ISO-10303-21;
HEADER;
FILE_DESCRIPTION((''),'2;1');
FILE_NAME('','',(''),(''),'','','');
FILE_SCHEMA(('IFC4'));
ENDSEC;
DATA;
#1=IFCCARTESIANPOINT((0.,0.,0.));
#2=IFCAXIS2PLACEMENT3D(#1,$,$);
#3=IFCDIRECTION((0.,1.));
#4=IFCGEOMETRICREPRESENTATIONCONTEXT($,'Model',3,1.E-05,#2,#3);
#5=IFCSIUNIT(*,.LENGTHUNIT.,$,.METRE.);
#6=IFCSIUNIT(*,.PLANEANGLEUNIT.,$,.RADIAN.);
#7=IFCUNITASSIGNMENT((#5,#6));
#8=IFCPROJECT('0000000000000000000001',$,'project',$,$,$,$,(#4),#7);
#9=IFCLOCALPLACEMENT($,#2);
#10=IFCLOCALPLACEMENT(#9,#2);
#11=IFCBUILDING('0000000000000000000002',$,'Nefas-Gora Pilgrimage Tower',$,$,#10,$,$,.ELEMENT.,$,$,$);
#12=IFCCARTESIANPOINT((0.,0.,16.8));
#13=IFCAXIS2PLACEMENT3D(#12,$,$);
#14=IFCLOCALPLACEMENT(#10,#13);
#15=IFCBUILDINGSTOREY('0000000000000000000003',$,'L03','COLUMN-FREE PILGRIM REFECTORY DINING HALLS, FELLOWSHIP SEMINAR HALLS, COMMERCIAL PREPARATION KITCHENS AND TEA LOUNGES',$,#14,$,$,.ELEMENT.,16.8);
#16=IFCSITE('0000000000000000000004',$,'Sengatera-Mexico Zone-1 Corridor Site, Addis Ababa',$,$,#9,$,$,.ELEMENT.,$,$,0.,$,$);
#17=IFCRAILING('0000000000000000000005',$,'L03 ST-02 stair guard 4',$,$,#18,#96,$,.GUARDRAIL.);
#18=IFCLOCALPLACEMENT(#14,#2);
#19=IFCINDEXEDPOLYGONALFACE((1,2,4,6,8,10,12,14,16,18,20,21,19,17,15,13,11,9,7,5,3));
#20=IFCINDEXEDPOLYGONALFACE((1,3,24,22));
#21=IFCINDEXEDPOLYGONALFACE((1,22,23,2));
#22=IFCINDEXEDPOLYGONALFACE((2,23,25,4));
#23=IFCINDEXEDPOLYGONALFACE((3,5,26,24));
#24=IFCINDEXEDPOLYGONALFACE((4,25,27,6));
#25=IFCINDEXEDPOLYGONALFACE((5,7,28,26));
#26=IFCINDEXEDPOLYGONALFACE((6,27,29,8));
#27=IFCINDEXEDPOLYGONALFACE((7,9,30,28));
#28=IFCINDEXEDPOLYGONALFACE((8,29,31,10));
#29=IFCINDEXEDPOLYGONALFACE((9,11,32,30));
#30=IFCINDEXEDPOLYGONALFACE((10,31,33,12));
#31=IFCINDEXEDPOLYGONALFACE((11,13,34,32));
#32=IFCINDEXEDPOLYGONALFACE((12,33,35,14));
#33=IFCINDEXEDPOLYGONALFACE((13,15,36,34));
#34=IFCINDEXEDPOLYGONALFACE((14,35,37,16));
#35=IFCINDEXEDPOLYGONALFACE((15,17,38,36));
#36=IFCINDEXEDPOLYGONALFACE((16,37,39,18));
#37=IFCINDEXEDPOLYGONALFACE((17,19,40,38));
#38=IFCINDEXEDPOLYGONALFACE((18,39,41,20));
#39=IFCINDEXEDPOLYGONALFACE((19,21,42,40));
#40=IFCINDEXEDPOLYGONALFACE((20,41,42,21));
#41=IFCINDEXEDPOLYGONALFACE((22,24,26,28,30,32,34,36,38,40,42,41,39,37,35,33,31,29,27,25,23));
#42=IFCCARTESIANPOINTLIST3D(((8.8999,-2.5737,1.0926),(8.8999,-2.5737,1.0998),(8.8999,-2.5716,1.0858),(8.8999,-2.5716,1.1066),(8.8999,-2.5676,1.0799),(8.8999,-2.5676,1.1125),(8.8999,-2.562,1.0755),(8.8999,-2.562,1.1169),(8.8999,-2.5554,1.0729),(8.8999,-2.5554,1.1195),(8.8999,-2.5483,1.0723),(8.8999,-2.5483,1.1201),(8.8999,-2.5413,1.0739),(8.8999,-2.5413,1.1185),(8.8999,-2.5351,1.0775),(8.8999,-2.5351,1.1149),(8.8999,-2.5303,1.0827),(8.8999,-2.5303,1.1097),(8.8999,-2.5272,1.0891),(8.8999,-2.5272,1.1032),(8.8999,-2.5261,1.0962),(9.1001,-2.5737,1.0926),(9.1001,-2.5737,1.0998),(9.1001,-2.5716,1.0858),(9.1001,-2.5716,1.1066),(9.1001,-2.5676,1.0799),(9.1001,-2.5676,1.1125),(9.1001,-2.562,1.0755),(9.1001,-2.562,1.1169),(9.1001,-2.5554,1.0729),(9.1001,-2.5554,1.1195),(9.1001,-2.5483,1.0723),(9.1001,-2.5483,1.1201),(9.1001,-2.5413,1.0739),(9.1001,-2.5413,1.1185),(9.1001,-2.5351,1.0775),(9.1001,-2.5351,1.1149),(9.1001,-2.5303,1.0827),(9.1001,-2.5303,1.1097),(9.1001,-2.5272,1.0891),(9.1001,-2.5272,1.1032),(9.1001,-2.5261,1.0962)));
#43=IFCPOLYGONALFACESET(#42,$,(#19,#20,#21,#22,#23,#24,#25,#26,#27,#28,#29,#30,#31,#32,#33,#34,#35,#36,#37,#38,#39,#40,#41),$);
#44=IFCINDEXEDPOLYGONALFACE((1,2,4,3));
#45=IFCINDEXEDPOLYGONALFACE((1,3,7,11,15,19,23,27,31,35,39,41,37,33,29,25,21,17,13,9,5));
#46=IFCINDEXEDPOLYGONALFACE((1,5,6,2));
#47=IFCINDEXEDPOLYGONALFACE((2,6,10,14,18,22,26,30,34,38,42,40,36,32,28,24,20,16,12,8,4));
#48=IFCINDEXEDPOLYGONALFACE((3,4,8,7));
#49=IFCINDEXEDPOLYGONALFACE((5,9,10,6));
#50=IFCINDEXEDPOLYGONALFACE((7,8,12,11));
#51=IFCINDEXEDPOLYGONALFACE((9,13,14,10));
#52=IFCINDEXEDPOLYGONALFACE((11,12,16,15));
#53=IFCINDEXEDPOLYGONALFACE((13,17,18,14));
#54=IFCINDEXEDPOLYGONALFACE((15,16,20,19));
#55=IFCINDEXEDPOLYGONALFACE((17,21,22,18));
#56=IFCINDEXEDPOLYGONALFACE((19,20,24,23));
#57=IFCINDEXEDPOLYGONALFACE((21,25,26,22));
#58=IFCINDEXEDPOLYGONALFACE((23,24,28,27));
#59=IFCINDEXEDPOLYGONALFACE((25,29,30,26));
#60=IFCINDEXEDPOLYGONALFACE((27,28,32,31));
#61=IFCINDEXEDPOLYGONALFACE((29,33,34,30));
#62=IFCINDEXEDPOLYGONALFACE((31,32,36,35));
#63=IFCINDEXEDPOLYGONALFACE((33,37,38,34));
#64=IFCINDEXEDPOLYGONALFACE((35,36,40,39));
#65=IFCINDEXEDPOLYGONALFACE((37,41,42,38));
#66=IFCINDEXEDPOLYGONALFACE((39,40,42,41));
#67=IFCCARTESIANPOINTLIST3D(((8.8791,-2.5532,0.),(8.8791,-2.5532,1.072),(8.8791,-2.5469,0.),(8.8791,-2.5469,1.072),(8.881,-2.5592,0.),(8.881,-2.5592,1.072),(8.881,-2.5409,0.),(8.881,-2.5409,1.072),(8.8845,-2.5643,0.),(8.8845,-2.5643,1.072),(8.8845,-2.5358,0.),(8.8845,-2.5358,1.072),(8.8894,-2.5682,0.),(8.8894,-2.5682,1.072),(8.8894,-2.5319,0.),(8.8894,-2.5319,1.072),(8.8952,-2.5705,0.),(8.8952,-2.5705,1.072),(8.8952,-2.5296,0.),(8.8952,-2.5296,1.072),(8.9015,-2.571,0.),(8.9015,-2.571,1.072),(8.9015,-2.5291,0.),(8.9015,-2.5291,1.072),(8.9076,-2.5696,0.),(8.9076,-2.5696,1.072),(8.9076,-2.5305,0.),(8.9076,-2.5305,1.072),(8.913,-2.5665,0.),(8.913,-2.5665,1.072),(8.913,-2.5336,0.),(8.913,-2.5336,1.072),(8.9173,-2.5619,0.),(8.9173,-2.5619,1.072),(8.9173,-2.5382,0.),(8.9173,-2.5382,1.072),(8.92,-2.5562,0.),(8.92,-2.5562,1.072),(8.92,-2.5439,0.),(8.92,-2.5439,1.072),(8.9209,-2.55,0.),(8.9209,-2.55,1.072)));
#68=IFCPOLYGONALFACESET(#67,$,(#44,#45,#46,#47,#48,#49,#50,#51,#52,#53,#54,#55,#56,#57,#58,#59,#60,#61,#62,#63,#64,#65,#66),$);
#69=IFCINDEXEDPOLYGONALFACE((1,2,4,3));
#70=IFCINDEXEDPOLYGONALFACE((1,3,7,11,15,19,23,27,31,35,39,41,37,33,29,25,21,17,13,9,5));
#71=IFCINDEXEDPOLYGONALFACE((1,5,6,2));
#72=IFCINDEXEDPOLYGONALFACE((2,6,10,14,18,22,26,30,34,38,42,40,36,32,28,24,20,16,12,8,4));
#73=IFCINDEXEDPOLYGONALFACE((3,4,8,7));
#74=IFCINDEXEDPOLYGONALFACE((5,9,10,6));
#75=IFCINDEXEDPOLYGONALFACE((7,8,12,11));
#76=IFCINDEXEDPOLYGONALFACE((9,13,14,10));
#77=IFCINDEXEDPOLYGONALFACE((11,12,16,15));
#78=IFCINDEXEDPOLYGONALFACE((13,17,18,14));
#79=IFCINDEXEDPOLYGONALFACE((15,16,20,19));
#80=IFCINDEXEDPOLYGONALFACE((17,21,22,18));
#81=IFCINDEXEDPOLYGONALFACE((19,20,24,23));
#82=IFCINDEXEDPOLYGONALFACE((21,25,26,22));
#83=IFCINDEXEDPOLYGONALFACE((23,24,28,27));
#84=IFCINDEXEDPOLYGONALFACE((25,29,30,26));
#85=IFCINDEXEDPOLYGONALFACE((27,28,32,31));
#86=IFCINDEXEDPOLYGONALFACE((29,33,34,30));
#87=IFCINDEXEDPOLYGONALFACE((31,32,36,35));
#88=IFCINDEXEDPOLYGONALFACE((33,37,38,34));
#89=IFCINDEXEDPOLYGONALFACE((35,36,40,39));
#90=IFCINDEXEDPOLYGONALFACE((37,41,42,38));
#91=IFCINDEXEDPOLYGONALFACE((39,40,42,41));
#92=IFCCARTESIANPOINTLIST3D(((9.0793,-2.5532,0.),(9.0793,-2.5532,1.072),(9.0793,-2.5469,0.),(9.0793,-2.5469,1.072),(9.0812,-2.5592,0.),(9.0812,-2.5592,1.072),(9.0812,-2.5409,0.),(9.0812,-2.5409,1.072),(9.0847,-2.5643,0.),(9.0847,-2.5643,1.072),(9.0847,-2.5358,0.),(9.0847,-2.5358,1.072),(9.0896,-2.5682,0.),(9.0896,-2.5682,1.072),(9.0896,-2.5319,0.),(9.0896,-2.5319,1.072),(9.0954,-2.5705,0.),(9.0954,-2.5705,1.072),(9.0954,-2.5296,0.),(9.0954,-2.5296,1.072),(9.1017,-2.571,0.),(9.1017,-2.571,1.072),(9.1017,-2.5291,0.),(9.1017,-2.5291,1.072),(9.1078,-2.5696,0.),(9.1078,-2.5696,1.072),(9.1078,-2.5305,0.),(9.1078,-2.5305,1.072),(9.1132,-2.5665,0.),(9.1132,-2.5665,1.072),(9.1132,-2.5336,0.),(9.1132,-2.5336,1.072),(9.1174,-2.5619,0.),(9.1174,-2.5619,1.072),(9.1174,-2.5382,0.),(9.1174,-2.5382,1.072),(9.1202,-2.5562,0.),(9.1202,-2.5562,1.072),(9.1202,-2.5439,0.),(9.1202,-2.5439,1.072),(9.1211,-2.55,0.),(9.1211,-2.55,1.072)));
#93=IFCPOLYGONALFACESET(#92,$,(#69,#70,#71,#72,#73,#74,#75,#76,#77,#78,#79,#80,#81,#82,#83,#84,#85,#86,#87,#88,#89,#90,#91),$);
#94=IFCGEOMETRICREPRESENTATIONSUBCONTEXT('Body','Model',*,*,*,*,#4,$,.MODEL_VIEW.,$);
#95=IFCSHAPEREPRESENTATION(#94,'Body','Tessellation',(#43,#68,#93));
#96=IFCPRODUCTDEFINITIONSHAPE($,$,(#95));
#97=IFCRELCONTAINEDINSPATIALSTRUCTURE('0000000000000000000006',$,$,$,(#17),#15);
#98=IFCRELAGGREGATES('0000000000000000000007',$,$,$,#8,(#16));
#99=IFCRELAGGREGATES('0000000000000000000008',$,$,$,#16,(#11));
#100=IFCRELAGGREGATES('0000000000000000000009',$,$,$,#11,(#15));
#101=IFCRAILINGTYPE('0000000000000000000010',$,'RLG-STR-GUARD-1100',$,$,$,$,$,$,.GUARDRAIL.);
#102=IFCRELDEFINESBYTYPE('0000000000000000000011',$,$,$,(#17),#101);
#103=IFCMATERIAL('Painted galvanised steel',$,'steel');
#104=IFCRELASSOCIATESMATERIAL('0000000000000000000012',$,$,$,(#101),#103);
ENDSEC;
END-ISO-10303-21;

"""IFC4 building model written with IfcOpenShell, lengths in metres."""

from ifc_helpers import new_model, si_unit, direction, frame, origin, origin_2d, place, context, subcontext, project, spatial, circle, extrude, material, type_object, element, save


model = new_model("IFC4")

# Units and contexts
model_context = context("Model", 3, precision=1e-05, world=origin(), true_north=direction((0.0, 1.0)))
body_context = subcontext(model_context, "Body", "Model", "MODEL_VIEW")
ifc_project = project(units=[si_unit("LENGTHUNIT", "METRE"), si_unit("PLANEANGLEUNIT", "RADIAN")], contexts=[model_context])

# Site, building, storey
site_placement = place(None, origin())
site = spatial("IfcSite", under=ifc_project, at=site_placement, Name="Sengatera-Mexico Zone-1 Corridor Site, Addis Ababa", CompositionType="ELEMENT", RefElevation=0.0)
building_placement = place(site_placement, origin())
building = spatial("IfcBuilding", under=site, at=building_placement, Name="Nefas-Gora Pilgrimage Tower", CompositionType="ELEMENT")
storey_placement = place(building_placement, frame((0.0, 0.0, 16.8)))
storey = spatial("IfcBuildingStorey", under=building, at=storey_placement, Name="L03", Description="COLUMN-FREE PILGRIM REFECTORY DINING HALLS, FELLOWSHIP SEMINAR HALLS, COMMERCIAL PREPARATION KITCHENS AND TEA LOUNGES", CompositionType="ELEMENT", Elevation=16.8)

# Railing
ifc_material_1 = material(Name="Painted galvanised steel", Category="steel")
railing_type_1 = type_object("IfcRailingType", Name="RLG-STR-GUARD-1100", PredefinedType="GUARDRAIL", material=ifc_material_1)
railing_1_placement = place(storey_placement, frame((8.8999, -2.55, 0.0)))
element("IfcRailing", 1, at=railing_1_placement, inside=storey, type_object=railing_type_1, Name="L03 ST-02 stair guard 4", PredefinedType="GUARDRAIL", context=body_context, shape_type="SweptSolid", body=[
    extrude(circle(Radius=0.0239, at=origin_2d()), frame((0.0, 0.0, 1.0962), z_axis=(1.0, 0.0, 0.0), x_axis=(0.0, 1.0, 0.0)), (0.0, 0.0, 1.0), 0.2002),
    extrude(circle(Radius=0.021, at=origin_2d()), origin(), (0.0, 0.0, 1.0), 1.072),
    extrude(circle(Radius=0.021, at=origin_2d()), frame((0.2002, 0.0, 0.0)), (0.0, 0.0, 1.0), 1.072),
])

save(model, "model.ifc")
